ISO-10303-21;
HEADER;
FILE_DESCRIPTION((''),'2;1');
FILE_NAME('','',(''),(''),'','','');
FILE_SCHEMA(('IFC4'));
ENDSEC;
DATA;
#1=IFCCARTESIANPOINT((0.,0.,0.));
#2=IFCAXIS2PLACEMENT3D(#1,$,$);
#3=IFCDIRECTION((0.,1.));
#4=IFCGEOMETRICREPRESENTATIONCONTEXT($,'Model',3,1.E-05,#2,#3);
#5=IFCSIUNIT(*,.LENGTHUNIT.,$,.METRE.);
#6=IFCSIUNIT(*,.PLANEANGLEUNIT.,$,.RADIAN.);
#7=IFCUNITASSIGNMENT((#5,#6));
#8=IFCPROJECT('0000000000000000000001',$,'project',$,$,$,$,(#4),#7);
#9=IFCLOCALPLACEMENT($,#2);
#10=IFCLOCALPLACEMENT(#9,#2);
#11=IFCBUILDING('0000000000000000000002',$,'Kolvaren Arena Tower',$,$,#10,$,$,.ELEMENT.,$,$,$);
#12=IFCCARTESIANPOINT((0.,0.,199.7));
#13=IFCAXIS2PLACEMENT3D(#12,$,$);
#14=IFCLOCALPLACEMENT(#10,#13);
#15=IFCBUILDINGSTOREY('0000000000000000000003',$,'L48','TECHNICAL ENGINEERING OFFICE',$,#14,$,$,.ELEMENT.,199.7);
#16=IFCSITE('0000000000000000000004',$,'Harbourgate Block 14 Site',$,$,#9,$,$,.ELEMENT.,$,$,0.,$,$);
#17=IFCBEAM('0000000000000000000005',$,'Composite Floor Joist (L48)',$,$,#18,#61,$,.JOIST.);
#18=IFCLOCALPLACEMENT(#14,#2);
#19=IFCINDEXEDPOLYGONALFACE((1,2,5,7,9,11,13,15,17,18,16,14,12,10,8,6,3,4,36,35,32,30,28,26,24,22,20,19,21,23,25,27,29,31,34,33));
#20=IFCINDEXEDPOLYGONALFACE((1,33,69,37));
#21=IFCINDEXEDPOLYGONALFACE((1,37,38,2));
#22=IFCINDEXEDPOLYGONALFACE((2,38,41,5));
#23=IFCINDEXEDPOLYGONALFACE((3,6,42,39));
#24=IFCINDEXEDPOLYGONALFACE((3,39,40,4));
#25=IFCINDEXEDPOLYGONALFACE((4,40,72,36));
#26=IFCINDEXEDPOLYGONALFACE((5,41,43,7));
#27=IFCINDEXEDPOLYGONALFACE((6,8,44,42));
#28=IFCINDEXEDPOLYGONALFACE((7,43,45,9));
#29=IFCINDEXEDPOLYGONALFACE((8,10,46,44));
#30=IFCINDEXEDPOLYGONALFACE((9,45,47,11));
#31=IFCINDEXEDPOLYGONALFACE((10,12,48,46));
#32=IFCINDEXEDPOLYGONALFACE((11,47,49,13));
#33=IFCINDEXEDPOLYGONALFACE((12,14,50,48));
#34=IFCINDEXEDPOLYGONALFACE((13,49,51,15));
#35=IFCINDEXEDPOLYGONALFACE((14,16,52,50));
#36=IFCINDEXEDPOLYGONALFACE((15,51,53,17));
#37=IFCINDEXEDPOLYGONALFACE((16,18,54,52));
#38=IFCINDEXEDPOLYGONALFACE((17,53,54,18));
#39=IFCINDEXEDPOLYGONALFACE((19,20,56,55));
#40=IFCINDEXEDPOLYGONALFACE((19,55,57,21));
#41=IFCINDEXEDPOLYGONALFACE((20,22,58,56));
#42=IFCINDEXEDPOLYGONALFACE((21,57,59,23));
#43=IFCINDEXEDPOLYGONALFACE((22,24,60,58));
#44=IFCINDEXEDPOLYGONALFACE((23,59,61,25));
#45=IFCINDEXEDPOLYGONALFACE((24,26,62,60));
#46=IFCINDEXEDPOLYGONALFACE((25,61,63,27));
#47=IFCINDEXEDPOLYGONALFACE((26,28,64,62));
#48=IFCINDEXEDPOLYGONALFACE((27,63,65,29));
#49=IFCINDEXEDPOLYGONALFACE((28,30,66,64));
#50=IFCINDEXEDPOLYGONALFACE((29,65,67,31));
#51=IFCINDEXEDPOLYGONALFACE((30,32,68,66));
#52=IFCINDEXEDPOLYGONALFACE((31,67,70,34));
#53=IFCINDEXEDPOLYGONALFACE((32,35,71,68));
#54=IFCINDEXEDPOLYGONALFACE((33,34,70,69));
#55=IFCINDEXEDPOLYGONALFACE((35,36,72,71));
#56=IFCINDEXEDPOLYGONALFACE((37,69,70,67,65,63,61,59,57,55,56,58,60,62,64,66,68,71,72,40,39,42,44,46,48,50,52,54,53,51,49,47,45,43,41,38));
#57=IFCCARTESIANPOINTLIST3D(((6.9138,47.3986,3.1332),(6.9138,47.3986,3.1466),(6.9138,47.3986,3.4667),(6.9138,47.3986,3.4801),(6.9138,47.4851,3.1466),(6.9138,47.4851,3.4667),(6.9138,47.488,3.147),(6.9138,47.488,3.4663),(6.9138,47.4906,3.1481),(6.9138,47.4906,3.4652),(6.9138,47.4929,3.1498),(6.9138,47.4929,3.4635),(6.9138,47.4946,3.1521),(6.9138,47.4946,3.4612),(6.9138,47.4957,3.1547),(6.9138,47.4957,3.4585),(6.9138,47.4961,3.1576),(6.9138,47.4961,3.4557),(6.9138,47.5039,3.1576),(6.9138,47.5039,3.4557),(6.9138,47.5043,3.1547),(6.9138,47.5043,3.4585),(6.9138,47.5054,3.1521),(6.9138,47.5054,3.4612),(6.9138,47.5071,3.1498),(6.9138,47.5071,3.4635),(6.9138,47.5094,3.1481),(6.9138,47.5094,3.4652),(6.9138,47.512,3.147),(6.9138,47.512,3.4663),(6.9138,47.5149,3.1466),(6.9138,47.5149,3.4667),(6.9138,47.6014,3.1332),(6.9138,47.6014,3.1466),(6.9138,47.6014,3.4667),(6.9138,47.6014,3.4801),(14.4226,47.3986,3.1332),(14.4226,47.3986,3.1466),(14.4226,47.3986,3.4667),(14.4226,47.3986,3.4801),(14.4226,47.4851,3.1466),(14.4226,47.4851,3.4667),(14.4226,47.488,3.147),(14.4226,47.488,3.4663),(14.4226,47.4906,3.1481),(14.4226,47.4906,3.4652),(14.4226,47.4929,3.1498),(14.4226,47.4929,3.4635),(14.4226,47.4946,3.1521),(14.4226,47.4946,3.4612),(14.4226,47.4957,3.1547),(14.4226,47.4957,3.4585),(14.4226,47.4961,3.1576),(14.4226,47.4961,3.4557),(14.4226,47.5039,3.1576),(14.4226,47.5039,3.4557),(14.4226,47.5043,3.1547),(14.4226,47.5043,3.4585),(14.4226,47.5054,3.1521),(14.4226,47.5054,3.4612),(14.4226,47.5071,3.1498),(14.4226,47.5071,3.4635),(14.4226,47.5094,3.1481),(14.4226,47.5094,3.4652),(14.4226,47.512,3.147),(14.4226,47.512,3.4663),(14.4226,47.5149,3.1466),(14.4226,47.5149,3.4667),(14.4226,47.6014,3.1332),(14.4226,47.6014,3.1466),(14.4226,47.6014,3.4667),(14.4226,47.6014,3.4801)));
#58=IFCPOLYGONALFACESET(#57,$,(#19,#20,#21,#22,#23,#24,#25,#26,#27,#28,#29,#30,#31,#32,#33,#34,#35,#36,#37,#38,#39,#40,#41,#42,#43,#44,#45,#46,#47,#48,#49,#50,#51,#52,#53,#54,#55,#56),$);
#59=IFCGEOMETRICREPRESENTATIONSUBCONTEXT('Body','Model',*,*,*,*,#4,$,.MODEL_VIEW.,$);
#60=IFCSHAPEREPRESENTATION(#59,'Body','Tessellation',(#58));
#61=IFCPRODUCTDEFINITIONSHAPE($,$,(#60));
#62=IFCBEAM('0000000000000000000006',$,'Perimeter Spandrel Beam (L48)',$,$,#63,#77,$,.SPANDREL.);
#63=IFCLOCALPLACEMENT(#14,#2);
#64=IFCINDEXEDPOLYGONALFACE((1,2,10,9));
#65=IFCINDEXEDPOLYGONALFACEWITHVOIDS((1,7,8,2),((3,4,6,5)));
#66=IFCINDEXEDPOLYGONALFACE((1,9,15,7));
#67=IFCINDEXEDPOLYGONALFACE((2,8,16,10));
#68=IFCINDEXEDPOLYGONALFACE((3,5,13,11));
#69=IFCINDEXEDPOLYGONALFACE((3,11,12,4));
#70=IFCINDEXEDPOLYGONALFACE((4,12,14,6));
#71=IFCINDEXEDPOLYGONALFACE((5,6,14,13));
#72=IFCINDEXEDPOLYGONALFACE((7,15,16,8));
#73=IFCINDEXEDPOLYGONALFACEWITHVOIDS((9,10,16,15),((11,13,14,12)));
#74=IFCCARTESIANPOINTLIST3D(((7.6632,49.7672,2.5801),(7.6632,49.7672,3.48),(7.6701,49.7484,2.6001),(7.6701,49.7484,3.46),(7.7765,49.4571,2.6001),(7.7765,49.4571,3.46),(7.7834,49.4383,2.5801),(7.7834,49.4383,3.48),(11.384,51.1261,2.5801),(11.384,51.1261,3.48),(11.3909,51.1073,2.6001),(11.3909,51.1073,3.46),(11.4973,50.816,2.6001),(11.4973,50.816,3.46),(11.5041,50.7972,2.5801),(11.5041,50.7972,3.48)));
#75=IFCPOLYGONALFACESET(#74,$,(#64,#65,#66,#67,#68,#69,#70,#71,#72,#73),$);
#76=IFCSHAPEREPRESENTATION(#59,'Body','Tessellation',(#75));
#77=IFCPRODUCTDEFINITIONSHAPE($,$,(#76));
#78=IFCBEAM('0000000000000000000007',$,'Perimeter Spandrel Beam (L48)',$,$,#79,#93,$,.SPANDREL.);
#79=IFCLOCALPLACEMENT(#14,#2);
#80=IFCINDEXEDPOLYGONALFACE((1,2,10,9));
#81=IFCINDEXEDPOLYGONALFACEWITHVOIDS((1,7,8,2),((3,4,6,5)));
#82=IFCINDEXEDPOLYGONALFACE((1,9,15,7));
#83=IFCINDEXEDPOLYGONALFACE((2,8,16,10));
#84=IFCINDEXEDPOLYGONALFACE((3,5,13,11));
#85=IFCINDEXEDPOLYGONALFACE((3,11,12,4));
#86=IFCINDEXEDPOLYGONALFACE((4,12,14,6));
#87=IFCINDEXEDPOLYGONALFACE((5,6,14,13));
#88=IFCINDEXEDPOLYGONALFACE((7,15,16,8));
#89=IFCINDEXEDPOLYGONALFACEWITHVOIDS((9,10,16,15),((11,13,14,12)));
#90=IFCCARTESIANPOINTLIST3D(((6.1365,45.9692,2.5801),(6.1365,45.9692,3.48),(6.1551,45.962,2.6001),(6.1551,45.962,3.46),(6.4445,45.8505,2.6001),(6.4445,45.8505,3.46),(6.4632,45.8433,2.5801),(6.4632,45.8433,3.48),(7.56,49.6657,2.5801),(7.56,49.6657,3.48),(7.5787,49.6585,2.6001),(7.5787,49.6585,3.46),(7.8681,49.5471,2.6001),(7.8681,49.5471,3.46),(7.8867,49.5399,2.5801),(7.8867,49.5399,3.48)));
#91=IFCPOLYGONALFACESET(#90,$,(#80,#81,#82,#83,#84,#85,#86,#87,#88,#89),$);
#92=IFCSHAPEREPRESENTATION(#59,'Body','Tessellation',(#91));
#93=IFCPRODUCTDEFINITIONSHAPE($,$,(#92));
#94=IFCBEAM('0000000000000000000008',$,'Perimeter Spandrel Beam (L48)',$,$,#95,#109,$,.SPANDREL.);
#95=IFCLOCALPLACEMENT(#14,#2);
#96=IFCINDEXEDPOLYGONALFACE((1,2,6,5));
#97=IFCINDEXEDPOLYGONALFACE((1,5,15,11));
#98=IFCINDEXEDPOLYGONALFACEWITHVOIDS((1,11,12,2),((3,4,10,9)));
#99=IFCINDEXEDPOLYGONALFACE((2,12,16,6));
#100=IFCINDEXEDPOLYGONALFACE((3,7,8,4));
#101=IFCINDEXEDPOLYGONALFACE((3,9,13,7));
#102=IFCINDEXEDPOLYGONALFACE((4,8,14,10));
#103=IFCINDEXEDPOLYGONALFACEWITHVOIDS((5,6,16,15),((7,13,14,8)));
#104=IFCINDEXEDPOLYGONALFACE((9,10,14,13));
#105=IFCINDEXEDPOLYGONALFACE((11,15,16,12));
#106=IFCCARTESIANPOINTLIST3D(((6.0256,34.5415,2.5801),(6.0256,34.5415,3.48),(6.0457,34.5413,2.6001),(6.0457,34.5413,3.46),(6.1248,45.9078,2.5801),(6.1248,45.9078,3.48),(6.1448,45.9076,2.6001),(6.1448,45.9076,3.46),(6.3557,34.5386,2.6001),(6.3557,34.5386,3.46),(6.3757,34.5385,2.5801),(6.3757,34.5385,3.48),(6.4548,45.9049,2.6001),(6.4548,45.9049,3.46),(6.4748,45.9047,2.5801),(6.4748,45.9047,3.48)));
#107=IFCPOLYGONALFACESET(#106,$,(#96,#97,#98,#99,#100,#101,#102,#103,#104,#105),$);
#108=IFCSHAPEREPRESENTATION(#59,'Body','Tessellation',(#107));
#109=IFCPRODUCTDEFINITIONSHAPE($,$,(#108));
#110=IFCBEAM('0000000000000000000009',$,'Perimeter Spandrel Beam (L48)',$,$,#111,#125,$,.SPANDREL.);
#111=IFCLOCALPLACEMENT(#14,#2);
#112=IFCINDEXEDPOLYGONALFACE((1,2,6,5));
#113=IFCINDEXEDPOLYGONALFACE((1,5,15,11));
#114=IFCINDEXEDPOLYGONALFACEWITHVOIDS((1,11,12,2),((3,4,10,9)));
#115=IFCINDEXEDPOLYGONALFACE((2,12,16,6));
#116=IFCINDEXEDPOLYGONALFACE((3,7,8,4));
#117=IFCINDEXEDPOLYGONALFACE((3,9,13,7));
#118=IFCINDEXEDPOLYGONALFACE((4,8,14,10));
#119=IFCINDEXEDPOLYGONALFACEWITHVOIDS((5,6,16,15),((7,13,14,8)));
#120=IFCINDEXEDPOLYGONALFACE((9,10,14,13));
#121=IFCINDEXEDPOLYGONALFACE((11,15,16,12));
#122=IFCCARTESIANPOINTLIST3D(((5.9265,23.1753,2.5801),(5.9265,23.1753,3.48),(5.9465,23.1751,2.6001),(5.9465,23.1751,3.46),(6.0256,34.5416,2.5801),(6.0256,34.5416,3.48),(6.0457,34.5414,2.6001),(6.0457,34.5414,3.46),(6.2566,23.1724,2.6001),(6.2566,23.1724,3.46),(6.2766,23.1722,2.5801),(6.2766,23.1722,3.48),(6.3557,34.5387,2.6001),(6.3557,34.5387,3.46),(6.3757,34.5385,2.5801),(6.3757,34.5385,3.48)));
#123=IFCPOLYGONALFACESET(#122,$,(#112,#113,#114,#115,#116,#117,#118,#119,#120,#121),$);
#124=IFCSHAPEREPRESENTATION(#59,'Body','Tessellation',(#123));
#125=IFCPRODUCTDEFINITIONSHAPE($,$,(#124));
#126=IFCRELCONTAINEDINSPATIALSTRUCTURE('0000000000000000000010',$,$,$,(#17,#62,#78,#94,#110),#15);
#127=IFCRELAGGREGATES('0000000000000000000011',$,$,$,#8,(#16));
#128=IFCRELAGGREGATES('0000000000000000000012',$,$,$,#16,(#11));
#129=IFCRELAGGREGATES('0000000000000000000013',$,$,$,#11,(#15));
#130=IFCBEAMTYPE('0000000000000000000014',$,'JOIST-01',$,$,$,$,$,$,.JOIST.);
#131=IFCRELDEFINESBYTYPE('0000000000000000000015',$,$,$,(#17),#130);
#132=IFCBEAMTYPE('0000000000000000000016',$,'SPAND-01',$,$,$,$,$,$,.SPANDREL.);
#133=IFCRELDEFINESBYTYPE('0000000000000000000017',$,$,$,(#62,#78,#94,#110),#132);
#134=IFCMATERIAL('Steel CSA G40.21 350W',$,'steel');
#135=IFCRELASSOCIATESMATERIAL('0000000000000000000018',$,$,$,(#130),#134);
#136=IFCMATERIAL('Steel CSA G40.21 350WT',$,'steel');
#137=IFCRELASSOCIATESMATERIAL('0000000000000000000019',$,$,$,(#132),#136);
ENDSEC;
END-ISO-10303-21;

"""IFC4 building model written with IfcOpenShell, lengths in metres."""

from ifc_helpers import new_model, si_unit, direction, frame, origin, origin_2d, place, context, subcontext, project, spatial, hollow_rectangle, i_section, extrude, material, material_profile, profile_set, type_object, element, save


model = new_model("IFC4")

# Units and contexts
model_context = context("Model", 3, precision=1e-05, world=origin(), true_north=direction((0.0, 1.0)))
body_context = subcontext(model_context, "Body", "Model", "MODEL_VIEW")
ifc_project = project(units=[si_unit("LENGTHUNIT", "METRE"), si_unit("PLANEANGLEUNIT", "RADIAN")], contexts=[model_context])

# Site, building, storey
site_placement = place(None, origin())
site = spatial("IfcSite", under=ifc_project, at=site_placement, Name="Harbourgate Block 14 Site", CompositionType="ELEMENT", RefElevation=0.0)
building_placement = place(site_placement, origin())
building = spatial("IfcBuilding", under=site, at=building_placement, Name="Kolvaren Arena Tower", CompositionType="ELEMENT")
storey_placement = place(building_placement, frame((0.0, 0.0, 199.7)))
storey = spatial("IfcBuildingStorey", under=building, at=storey_placement, Name="L48", Description="TECHNICAL ENGINEERING OFFICE", CompositionType="ELEMENT", Elevation=199.7)

# Beams
ifc_material_1 = material(Name="Steel CSA G40.21 350W", Category="steel")
ifc_material_profile_1 = material_profile(ifc_material_1, i_section(OverallWidth=0.2029, OverallDepth=0.3469, WebThickness=0.0078, FlangeThickness=0.0134, FilletRadius=0.011, at=origin_2d()), Name="W360x64")
ifc_profile_set_1 = profile_set([ifc_material_profile_1], Name="Steel CSA G40.21 350W")
beam_type_1 = type_object("IfcBeamType", Name="JOIST-01", PredefinedType="JOIST", material=ifc_profile_set_1)
beam_1_placement = place(storey_placement, frame((6.9138, 47.5, 3.3066), z_axis=(1.0, 0.0, 0.0), x_axis=(0.0, 1.0, 0.0)))
element("IfcBeam", 1, at=beam_1_placement, inside=storey, type_object=beam_type_1, Name="Composite Floor Joist (L48)", PredefinedType="JOIST", context=body_context, shape_type="SweptSolid", body=[
    extrude(i_section(OverallWidth=0.2029, OverallDepth=0.3469, WebThickness=0.0078, FlangeThickness=0.0134, FilletRadius=0.011, at=origin_2d()), origin(), (0.0, 0.0, 1.0), 7.5088),
])
ifc_material_2 = material(Name="Steel CSA G40.21 350WT", Category="steel")
ifc_material_profile_2 = material_profile(ifc_material_2, hollow_rectangle(XDim=0.3501, YDim=0.8999, WallThickness=0.02, at=origin_2d()), Name="HSS 900x350x20")
ifc_profile_set_2 = profile_set([ifc_material_profile_2], Name="Steel CSA G40.21 350WT")
beam_type_2 = type_object("IfcBeamType", Name="SPAND-01", PredefinedType="SPANDREL", material=ifc_profile_set_2)
for number, where, z_axis, x_axis, name in (
    (2, (11.4441, 50.9617, 3.03), (-0.939314, -0.343059, 0.0), (0.343059, -0.939314, 0.0), "Perimeter Spandrel Beam (L48)"),
    (3, (7.7234, 49.6028, 3.03), (-0.359384, -0.93319, 0.0), (0.93319, -0.359384, 0.0), "Perimeter Spandrel Beam (L48)"),
):
    element("IfcBeam", number, at=place(storey_placement, frame(where, z_axis=z_axis, x_axis=x_axis)), inside=storey, type_object=beam_type_2, Name=name, PredefinedType="SPANDREL", context=body_context, shape_type="SweptSolid", body=[
        extrude(hollow_rectangle(XDim=0.3501, YDim=0.8999, WallThickness=0.02, at=origin_2d()), origin(), (0.0, 0.0, 1.0), 3.9612),
    ])
for number, where, z_axis, x_axis, name in (
    (4, (6.2998, 45.9062, 3.03), (-0.00872, -0.999962, 0.0), (0.999962, -0.00872, 0.0), "Perimeter Spandrel Beam (L48)"),
    (5, (6.2007, 34.54, 3.03), (-0.00872, -0.999962, 0.0), (0.999962, -0.00872, 0.0), "Perimeter Spandrel Beam (L48)"),
):
    element("IfcBeam", number, at=place(storey_placement, frame(where, z_axis=z_axis, x_axis=x_axis)), inside=storey, type_object=beam_type_2, Name=name, PredefinedType="SPANDREL", context=body_context, shape_type="SweptSolid", body=[
        extrude(hollow_rectangle(XDim=0.3501, YDim=0.8999, WallThickness=0.02, at=origin_2d()), origin(), (0.0, 0.0, 1.0), 11.3667),
    ])

save(model, "model.ifc")
